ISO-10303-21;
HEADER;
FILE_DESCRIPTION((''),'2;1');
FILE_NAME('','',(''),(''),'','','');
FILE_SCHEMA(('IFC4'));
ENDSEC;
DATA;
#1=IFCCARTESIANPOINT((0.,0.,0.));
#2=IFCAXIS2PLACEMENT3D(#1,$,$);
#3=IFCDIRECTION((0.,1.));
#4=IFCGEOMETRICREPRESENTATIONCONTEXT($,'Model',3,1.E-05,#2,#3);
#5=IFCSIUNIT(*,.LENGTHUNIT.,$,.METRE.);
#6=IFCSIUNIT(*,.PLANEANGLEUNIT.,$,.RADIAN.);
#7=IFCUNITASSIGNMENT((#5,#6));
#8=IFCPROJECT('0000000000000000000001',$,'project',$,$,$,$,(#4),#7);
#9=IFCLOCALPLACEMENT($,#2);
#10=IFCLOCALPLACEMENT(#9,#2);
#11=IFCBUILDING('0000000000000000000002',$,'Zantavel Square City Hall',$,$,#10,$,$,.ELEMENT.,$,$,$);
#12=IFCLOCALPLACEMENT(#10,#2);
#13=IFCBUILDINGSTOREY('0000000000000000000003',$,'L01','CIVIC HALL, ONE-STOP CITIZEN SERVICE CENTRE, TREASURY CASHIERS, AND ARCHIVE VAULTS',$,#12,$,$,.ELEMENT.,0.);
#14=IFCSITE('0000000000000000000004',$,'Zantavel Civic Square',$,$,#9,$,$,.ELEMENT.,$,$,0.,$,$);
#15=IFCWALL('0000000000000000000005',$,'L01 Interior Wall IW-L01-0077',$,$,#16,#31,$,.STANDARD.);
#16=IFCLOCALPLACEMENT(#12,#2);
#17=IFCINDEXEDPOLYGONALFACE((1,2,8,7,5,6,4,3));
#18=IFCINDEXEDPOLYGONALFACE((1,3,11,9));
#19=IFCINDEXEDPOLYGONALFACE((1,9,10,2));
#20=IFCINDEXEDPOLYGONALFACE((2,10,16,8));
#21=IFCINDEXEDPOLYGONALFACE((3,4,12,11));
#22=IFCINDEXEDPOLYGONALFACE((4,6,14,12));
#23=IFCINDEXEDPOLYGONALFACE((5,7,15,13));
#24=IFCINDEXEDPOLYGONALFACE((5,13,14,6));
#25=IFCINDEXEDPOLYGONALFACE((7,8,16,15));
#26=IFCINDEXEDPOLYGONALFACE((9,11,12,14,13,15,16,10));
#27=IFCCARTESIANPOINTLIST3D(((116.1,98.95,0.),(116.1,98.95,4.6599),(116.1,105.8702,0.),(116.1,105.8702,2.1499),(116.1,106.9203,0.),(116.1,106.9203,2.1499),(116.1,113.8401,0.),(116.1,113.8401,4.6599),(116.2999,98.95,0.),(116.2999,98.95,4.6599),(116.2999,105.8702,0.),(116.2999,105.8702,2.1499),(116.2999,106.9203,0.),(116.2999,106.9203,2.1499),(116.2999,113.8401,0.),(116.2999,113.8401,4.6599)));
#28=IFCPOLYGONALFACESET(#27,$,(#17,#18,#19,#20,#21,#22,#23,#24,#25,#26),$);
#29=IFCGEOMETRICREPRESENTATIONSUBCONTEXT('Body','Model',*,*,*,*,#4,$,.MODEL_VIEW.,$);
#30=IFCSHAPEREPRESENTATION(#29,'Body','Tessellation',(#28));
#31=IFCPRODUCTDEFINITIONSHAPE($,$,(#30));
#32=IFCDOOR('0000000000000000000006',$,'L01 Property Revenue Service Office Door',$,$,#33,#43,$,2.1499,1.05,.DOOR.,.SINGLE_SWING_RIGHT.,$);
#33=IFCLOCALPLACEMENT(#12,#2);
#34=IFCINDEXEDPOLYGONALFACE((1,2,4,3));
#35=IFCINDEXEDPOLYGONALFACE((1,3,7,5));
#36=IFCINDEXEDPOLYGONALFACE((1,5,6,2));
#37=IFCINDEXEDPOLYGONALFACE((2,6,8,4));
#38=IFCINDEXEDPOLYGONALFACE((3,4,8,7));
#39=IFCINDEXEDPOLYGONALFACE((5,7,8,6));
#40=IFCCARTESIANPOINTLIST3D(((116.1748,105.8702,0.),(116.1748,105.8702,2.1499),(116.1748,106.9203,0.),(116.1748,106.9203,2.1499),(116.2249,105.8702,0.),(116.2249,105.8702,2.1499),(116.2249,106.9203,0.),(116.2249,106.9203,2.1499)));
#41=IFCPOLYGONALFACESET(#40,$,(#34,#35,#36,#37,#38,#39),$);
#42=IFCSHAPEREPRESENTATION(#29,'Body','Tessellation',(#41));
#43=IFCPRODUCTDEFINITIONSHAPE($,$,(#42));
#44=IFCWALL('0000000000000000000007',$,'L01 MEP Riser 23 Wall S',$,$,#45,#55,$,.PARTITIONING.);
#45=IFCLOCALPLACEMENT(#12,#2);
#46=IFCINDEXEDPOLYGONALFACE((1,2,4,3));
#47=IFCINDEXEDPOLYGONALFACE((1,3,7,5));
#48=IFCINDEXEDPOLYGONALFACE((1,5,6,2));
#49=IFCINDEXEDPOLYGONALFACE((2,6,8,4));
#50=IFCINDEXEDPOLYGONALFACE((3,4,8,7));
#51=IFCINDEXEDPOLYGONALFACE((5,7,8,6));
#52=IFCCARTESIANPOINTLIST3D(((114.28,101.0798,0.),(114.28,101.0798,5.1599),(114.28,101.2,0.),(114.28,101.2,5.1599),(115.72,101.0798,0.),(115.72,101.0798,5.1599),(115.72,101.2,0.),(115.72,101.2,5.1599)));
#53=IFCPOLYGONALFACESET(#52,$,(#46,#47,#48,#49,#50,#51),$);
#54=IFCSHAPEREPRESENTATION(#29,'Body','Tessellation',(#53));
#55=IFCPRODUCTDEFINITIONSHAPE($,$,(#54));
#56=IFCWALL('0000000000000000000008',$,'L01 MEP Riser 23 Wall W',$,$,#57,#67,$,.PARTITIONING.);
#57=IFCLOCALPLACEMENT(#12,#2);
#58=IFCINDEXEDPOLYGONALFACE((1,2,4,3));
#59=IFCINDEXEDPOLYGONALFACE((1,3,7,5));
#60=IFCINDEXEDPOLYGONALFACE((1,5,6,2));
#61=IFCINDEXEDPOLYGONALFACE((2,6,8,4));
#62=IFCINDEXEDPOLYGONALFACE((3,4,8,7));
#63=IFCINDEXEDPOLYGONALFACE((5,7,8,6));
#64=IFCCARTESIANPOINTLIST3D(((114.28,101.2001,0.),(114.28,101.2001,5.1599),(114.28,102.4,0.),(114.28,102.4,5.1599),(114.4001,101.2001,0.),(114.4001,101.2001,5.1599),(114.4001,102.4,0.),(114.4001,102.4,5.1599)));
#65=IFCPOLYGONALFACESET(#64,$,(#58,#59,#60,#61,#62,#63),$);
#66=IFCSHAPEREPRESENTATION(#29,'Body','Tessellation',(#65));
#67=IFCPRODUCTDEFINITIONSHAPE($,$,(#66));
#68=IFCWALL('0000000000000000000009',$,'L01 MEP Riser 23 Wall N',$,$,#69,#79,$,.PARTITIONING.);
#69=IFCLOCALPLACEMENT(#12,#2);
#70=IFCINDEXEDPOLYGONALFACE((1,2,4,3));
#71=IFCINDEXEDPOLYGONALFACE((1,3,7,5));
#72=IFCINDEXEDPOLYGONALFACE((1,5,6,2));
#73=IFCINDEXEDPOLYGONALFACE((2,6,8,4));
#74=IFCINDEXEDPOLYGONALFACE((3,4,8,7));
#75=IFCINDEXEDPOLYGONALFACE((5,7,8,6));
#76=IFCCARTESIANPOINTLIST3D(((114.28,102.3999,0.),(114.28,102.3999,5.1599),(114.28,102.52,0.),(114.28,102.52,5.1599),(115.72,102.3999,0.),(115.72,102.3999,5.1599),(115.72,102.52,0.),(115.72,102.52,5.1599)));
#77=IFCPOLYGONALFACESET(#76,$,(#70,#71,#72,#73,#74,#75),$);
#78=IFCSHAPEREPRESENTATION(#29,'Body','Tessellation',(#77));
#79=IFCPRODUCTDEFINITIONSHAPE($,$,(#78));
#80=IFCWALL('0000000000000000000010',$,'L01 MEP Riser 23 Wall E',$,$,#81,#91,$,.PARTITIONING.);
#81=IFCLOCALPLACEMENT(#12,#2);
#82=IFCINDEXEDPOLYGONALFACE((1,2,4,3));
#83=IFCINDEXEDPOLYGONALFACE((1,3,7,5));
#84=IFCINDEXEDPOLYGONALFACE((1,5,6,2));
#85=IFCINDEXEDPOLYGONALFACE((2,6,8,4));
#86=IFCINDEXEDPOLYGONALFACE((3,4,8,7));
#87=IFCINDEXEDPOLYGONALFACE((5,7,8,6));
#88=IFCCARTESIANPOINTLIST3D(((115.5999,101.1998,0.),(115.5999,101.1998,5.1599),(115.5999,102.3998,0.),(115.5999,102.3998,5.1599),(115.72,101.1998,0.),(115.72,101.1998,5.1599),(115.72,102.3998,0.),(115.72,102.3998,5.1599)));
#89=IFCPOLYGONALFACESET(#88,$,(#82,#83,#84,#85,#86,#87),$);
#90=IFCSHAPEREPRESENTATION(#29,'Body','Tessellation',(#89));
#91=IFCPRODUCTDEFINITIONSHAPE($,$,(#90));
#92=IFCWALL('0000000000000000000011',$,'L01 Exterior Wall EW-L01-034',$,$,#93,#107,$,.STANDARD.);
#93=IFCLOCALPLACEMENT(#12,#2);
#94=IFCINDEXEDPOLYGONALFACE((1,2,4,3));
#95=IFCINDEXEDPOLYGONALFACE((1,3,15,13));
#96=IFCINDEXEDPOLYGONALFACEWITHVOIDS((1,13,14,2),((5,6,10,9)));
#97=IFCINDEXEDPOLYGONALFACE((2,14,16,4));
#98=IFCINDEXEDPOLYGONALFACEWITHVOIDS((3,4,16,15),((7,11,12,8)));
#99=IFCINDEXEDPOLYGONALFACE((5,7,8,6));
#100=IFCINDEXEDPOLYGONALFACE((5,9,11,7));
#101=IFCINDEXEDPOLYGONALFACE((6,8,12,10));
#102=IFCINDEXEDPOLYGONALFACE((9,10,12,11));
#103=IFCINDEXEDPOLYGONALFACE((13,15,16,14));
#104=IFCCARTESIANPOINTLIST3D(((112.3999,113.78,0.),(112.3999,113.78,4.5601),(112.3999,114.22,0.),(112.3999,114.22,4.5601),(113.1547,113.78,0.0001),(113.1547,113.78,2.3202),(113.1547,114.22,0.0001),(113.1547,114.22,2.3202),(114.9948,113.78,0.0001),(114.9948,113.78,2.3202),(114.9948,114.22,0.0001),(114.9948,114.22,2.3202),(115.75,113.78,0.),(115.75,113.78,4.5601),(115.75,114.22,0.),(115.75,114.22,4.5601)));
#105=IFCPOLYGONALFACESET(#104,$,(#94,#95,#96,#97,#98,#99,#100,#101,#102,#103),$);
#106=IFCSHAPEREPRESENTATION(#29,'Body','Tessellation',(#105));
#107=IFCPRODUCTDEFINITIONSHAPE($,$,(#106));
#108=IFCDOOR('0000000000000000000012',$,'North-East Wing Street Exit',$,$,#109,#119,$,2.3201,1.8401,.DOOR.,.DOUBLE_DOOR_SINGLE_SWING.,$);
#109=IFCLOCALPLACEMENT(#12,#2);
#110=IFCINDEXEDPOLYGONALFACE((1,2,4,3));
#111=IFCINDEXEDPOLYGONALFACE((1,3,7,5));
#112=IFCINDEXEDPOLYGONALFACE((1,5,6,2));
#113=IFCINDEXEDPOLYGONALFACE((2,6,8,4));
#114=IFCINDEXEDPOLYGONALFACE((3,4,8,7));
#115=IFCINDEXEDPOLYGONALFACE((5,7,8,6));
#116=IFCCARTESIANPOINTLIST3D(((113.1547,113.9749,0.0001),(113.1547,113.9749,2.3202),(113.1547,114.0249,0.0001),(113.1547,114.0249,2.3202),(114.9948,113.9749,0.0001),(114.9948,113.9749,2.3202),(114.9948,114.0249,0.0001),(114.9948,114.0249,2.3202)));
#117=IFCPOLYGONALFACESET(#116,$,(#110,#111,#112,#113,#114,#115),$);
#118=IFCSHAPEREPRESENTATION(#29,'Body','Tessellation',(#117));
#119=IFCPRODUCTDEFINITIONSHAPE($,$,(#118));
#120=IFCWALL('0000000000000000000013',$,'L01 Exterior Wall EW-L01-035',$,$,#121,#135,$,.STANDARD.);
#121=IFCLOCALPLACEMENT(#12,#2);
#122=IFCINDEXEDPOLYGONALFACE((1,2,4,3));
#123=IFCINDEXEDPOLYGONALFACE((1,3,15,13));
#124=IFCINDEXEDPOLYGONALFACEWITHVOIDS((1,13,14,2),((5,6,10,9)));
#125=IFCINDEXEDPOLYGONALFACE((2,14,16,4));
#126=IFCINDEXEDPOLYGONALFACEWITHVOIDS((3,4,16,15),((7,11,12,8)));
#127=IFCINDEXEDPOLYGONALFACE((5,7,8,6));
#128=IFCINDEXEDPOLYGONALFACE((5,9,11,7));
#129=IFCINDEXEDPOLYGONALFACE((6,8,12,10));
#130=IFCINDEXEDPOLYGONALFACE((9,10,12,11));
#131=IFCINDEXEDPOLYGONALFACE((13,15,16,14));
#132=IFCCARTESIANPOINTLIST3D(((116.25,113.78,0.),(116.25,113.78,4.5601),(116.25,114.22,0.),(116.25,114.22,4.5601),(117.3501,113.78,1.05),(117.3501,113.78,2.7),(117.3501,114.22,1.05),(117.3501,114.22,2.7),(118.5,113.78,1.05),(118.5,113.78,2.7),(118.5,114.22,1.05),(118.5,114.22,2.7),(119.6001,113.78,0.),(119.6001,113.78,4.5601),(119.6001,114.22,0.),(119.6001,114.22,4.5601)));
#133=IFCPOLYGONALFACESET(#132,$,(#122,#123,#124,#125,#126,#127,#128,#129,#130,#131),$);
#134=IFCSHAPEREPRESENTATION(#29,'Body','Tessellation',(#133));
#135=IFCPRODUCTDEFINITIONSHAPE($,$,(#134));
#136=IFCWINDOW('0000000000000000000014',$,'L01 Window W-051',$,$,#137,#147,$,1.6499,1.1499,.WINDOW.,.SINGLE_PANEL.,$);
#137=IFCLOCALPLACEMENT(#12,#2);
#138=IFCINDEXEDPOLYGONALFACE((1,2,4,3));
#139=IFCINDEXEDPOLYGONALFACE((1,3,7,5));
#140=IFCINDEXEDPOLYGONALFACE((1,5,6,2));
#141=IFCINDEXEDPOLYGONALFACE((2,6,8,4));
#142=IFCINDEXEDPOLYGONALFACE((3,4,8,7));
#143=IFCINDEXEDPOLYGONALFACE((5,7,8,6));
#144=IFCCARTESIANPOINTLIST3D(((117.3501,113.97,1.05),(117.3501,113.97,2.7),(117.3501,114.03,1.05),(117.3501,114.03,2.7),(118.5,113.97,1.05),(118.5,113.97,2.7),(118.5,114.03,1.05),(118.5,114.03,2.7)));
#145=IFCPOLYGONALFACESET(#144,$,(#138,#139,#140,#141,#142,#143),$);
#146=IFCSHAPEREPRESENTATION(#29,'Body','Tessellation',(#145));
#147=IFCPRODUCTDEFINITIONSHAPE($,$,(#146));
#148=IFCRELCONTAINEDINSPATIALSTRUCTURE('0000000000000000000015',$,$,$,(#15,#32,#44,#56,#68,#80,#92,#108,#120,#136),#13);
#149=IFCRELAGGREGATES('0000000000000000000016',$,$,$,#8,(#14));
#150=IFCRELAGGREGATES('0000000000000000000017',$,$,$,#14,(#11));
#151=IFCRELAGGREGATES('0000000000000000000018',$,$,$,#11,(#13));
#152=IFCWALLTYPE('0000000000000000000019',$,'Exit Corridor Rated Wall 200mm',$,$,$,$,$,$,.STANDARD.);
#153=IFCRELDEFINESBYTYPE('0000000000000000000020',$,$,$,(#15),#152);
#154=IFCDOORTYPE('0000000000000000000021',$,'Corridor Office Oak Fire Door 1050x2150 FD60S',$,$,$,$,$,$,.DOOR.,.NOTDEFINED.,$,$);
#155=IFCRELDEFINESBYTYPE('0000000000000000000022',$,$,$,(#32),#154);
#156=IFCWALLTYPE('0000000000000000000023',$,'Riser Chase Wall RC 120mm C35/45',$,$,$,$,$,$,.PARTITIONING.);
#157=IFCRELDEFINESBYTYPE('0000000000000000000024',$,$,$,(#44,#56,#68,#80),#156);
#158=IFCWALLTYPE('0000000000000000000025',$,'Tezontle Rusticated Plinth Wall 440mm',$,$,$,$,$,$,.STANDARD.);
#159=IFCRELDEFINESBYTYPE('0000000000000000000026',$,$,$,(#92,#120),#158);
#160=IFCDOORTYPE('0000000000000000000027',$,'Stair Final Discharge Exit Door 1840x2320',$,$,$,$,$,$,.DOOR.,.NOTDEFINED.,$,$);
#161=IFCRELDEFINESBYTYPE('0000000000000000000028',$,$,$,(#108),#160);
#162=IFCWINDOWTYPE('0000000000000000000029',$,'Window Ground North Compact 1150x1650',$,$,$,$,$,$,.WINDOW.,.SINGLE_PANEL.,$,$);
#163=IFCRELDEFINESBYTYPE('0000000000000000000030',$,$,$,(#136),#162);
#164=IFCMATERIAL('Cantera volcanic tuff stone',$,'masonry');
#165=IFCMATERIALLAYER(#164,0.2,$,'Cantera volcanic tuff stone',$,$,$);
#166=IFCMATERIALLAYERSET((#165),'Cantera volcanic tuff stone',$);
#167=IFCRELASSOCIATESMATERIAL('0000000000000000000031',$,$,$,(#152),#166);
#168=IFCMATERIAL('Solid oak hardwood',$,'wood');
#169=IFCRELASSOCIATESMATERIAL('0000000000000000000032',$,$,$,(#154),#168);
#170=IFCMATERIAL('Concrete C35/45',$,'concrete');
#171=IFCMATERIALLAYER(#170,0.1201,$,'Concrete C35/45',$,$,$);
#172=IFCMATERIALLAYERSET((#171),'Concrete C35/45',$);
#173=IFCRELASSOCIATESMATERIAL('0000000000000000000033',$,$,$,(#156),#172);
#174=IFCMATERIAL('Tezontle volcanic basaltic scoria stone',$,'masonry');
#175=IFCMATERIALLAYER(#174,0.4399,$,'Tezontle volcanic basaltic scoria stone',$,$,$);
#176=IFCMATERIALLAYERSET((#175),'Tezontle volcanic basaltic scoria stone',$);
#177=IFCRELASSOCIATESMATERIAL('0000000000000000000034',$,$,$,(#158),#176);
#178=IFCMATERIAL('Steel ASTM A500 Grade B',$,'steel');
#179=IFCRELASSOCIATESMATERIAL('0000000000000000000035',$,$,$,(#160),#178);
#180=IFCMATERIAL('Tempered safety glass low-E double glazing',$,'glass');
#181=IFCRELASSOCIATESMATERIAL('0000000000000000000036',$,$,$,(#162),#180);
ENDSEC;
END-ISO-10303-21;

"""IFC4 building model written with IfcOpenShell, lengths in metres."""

from ifc_helpers import new_model, si_unit, direction, frame, frame_2d, origin, place, context, subcontext, project, spatial, rectangle, extrude, material, layer, layer_set, type_object, element, fill, save


model = new_model("IFC4")

# Units and contexts
model_context = context("Model", 3, precision=1e-05, world=origin(), true_north=direction((0.0, 1.0)))
body_context = subcontext(model_context, "Body", "Model", "MODEL_VIEW")
ifc_project = project(units=[si_unit("LENGTHUNIT", "METRE"), si_unit("PLANEANGLEUNIT", "RADIAN")], contexts=[model_context])

# Site, building, storey
site_placement = place(None, origin())
site = spatial("IfcSite", under=ifc_project, at=site_placement, Name="Zantavel Civic Square", CompositionType="ELEMENT", RefElevation=0.0)
building_placement = place(site_placement, origin())
building = spatial("IfcBuilding", under=site, at=building_placement, Name="Zantavel Square City Hall", CompositionType="ELEMENT")
storey_placement = place(building_placement, origin())
storey = spatial("IfcBuildingStorey", under=building, at=storey_placement, Name="L01", Description="CIVIC HALL, ONE-STOP CITIZEN SERVICE CENTRE, TREASURY CASHIERS, AND ARCHIVE VAULTS", CompositionType="ELEMENT", Elevation=0.0)

# Shared definitions
ifc_material_1 = material(Name="Concrete C35/45", Category="concrete")

# Wall, opening, door
ifc_material_2 = material(Name="Cantera volcanic tuff stone", Category="masonry")
ifc_layer_1 = layer(ifc_material_2, 0.2, Name="Cantera volcanic tuff stone")
ifc_layer_set_1 = layer_set([ifc_layer_1], Name="Cantera volcanic tuff stone")
wall_type_1 = type_object("IfcWallType", Name="Exit Corridor Rated Wall 200mm", PredefinedType="STANDARD", material=ifc_layer_set_1)
wall_1_placement = place(storey_placement, frame((116.2, 113.8401, 0.0), z_axis=(0.0, 0.0, 1.0), x_axis=(0.0, -1.0, 0.0)))
wall_1 = element("IfcWall", 1, at=wall_1_placement, inside=storey, type_object=wall_type_1, Name="L01 Interior Wall IW-L01-0077", PredefinedType="STANDARD", context=body_context, shape_type="SweptSolid", body=[
    extrude(rectangle(XDim=14.8901, YDim=0.2, at=frame_2d((7.4451, 0.0))), origin(), (0.0, 0.0, 1.0), 4.6599),
])
opening_1_placement = place(wall_1_placement, frame((6.9199, 0.0, 0.0)))
opening_1 = element("IfcOpeningElement", 2, at=opening_1_placement, cuts=wall_1, PredefinedType="OPENING", context=body_context, shape_type="SweptSolid", body=[
    extrude(rectangle(XDim=1.05, YDim=2.1499, at=frame_2d((0.5249, 1.075))), frame((0.0, 0.1099, 0.0), z_axis=(0.0, -1.0, 0.0), x_axis=(1.0, 0.0, 0.0)), (0.0, 0.0, 1.0), 0.22),
])
ifc_material_3 = material(Name="Solid oak hardwood", Category="wood")
door_type_1 = type_object("IfcDoorType", Name="Corridor Office Oak Fire Door 1050x2150 FD60S", OperationType="NOTDEFINED", PredefinedType="DOOR", material=ifc_material_3)
door_1_placement = place(opening_1_placement, origin())
door_1 = element("IfcDoor", 3, at=door_1_placement, inside=storey, type_object=door_type_1, Name="L01 Property Revenue Service Office Door", OperationType="SINGLE_SWING_RIGHT", OverallHeight=2.1499, OverallWidth=1.05, PredefinedType="DOOR", context=body_context, shape_type="SweptSolid", body=[
    extrude(rectangle(XDim=1.05, YDim=2.1499, at=frame_2d((0.5249, 1.075))), frame((0.0, 0.0249, 0.0), z_axis=(0.0, -1.0, 0.0), x_axis=(1.0, 0.0, 0.0)), (0.0, 0.0, 1.0), 0.05),
])
fill(opening_1, door_1)

# Walls
ifc_layer_2 = layer(ifc_material_1, 0.1201, Name="Concrete C35/45")
ifc_layer_set_2 = layer_set([ifc_layer_2], Name="Concrete C35/45")
wall_type_2 = type_object("IfcWallType", Name="Riser Chase Wall RC 120mm C35/45", PredefinedType="PARTITIONING", material=ifc_layer_set_2)
wall_2_placement = place(storey_placement, frame((115.72, 101.1399, 0.0), z_axis=(0.0, 0.0, 1.0), x_axis=(-1.0, 0.0, 0.0)))
element("IfcWall", 4, at=wall_2_placement, inside=storey, type_object=wall_type_2, Name="L01 MEP Riser 23 Wall S", PredefinedType="PARTITIONING", context=body_context, shape_type="SweptSolid", body=[
    extrude(rectangle(XDim=1.4399, YDim=0.1201, at=frame_2d((0.72, 0.0))), origin(), (0.0, 0.0, 1.0), 5.1599),
])
wall_3_placement = place(storey_placement, frame((114.3401, 101.2, 0.0), z_axis=(0.0, 0.0, 1.0), x_axis=(0.0, 1.0, 0.0)))
element("IfcWall", 5, at=wall_3_placement, inside=storey, type_object=wall_type_2, Name="L01 MEP Riser 23 Wall W", PredefinedType="PARTITIONING", context=body_context, shape_type="SweptSolid", body=[
    extrude(rectangle(XDim=1.2, YDim=0.1201, at=frame_2d((0.6001, 0.0))), origin(), (0.0, 0.0, 1.0), 5.1599),
])
wall_4_placement = place(storey_placement, frame((114.28, 102.46, 0.0), z_axis=(0.0, 0.0, 1.0), x_axis=(1.0, 0.0, 0.0)))
element("IfcWall", 6, at=wall_4_placement, inside=storey, type_object=wall_type_2, Name="L01 MEP Riser 23 Wall N", PredefinedType="PARTITIONING", context=body_context, shape_type="SweptSolid", body=[
    extrude(rectangle(XDim=1.4399, YDim=0.1201, at=frame_2d((0.72, 0.0))), origin(), (0.0, 0.0, 1.0), 5.1599),
])
wall_5_placement = place(storey_placement, frame((115.6599, 102.3999, 0.0), z_axis=(0.0, 0.0, 1.0), x_axis=(0.0, -1.0, 0.0)))
element("IfcWall", 7, at=wall_5_placement, inside=storey, type_object=wall_type_2, Name="L01 MEP Riser 23 Wall E", PredefinedType="PARTITIONING", context=body_context, shape_type="SweptSolid", body=[
    extrude(rectangle(XDim=1.2, YDim=0.1201, at=frame_2d((0.6001, 0.0))), origin(), (0.0, 0.0, 1.0), 5.1599),
])

# Wall, opening, door
ifc_material_4 = material(Name="Tezontle volcanic basaltic scoria stone", Category="masonry")
ifc_layer_3 = layer(ifc_material_4, 0.4399, Name="Tezontle volcanic basaltic scoria stone")
ifc_layer_set_3 = layer_set([ifc_layer_3], Name="Tezontle volcanic basaltic scoria stone")
wall_type_3 = type_object("IfcWallType", Name="Tezontle Rusticated Plinth Wall 440mm", PredefinedType="STANDARD", material=ifc_layer_set_3)
wall_6_placement = place(storey_placement, frame((112.3999, 114.0, 0.0), z_axis=(0.0, 0.0, 1.0), x_axis=(1.0, 0.0, 0.0)))
wall_6 = element("IfcWall", 8, at=wall_6_placement, inside=storey, type_object=wall_type_3, Name="L01 Exterior Wall EW-L01-034", PredefinedType="STANDARD", context=body_context, shape_type="SweptSolid", body=[
    extrude(rectangle(XDim=3.3501, YDim=0.4399, at=frame_2d((1.675, 0.0))), origin(), (0.0, 0.0, 1.0), 4.5601),
])
opening_2_placement = place(wall_6_placement, frame((0.7549, 0.0, 0.0)))
opening_2 = element("IfcOpeningElement", 9, at=opening_2_placement, cuts=wall_6, PredefinedType="OPENING", context=body_context, shape_type="SweptSolid", body=[
    extrude(rectangle(XDim=1.8401, YDim=2.3201, at=frame_2d((0.9199, 1.1602))), frame((0.0, 0.23, 0.0), z_axis=(0.0, -1.0, 0.0), x_axis=(1.0, 0.0, 0.0)), (0.0, 0.0, 1.0), 0.46),
])
ifc_material_5 = material(Name="Steel ASTM A500 Grade B", Category="steel")
door_type_2 = type_object("IfcDoorType", Name="Stair Final Discharge Exit Door 1840x2320", OperationType="NOTDEFINED", PredefinedType="DOOR", material=ifc_material_5)
door_2_placement = place(opening_2_placement, origin())
door_2 = element("IfcDoor", 10, at=door_2_placement, inside=storey, type_object=door_type_2, Name="North-East Wing Street Exit", OperationType="DOUBLE_DOOR_SINGLE_SWING", OverallHeight=2.3201, OverallWidth=1.8401, PredefinedType="DOOR", context=body_context, shape_type="SweptSolid", body=[
    extrude(rectangle(XDim=1.8401, YDim=2.3201, at=frame_2d((0.9199, 1.1602))), frame((0.0, 0.0249, 0.0), z_axis=(0.0, -1.0, 0.0), x_axis=(1.0, 0.0, 0.0)), (0.0, 0.0, 1.0), 0.05),
])
fill(opening_2, door_2)

# Wall, opening, window
wall_7_placement = place(storey_placement, frame((116.25, 114.0, 0.0), z_axis=(0.0, 0.0, 1.0), x_axis=(1.0, 0.0, 0.0)))
wall_7 = element("IfcWall", 11, at=wall_7_placement, inside=storey, type_object=wall_type_3, Name="L01 Exterior Wall EW-L01-035", PredefinedType="STANDARD", context=body_context, shape_type="SweptSolid", body=[
    extrude(rectangle(XDim=3.3501, YDim=0.4399, at=frame_2d((1.675, 0.0))), origin(), (0.0, 0.0, 1.0), 4.5601),
])
opening_3_placement = place(wall_7_placement, frame((1.1001, 0.0, 1.05)))
opening_3 = element("IfcOpeningElement", 12, at=opening_3_placement, cuts=wall_7, PredefinedType="OPENING", context=body_context, shape_type="SweptSolid", body=[
    extrude(rectangle(XDim=1.1499, YDim=1.6499, at=frame_2d((0.575, 0.825))), frame((0.0, 0.23, 0.0), z_axis=(0.0, -1.0, 0.0), x_axis=(1.0, 0.0, 0.0)), (0.0, 0.0, 1.0), 0.46),
])
ifc_material_6 = material(Name="Tempered safety glass low-E double glazing", Category="glass")
window_type = type_object("IfcWindowType", Name="Window Ground North Compact 1150x1650", PartitioningType="SINGLE_PANEL", PredefinedType="WINDOW", material=ifc_material_6)
window_1_placement = place(opening_3_placement, origin())
window_1 = element("IfcWindow", 13, at=window_1_placement, inside=storey, type_object=window_type, Name="L01 Window W-051", OverallHeight=1.6499, OverallWidth=1.1499, PartitioningType="SINGLE_PANEL", PredefinedType="WINDOW", context=body_context, shape_type="SweptSolid", body=[
    extrude(rectangle(XDim=1.1499, YDim=1.6499, at=frame_2d((0.575, 0.825))), frame((0.0, 0.03, 0.0), z_axis=(0.0, -1.0, 0.0), x_axis=(1.0, 0.0, 0.0)), (0.0, 0.0, 1.0), 0.0601),
])
fill(opening_3, window_1)

save(model, "model.ifc")
